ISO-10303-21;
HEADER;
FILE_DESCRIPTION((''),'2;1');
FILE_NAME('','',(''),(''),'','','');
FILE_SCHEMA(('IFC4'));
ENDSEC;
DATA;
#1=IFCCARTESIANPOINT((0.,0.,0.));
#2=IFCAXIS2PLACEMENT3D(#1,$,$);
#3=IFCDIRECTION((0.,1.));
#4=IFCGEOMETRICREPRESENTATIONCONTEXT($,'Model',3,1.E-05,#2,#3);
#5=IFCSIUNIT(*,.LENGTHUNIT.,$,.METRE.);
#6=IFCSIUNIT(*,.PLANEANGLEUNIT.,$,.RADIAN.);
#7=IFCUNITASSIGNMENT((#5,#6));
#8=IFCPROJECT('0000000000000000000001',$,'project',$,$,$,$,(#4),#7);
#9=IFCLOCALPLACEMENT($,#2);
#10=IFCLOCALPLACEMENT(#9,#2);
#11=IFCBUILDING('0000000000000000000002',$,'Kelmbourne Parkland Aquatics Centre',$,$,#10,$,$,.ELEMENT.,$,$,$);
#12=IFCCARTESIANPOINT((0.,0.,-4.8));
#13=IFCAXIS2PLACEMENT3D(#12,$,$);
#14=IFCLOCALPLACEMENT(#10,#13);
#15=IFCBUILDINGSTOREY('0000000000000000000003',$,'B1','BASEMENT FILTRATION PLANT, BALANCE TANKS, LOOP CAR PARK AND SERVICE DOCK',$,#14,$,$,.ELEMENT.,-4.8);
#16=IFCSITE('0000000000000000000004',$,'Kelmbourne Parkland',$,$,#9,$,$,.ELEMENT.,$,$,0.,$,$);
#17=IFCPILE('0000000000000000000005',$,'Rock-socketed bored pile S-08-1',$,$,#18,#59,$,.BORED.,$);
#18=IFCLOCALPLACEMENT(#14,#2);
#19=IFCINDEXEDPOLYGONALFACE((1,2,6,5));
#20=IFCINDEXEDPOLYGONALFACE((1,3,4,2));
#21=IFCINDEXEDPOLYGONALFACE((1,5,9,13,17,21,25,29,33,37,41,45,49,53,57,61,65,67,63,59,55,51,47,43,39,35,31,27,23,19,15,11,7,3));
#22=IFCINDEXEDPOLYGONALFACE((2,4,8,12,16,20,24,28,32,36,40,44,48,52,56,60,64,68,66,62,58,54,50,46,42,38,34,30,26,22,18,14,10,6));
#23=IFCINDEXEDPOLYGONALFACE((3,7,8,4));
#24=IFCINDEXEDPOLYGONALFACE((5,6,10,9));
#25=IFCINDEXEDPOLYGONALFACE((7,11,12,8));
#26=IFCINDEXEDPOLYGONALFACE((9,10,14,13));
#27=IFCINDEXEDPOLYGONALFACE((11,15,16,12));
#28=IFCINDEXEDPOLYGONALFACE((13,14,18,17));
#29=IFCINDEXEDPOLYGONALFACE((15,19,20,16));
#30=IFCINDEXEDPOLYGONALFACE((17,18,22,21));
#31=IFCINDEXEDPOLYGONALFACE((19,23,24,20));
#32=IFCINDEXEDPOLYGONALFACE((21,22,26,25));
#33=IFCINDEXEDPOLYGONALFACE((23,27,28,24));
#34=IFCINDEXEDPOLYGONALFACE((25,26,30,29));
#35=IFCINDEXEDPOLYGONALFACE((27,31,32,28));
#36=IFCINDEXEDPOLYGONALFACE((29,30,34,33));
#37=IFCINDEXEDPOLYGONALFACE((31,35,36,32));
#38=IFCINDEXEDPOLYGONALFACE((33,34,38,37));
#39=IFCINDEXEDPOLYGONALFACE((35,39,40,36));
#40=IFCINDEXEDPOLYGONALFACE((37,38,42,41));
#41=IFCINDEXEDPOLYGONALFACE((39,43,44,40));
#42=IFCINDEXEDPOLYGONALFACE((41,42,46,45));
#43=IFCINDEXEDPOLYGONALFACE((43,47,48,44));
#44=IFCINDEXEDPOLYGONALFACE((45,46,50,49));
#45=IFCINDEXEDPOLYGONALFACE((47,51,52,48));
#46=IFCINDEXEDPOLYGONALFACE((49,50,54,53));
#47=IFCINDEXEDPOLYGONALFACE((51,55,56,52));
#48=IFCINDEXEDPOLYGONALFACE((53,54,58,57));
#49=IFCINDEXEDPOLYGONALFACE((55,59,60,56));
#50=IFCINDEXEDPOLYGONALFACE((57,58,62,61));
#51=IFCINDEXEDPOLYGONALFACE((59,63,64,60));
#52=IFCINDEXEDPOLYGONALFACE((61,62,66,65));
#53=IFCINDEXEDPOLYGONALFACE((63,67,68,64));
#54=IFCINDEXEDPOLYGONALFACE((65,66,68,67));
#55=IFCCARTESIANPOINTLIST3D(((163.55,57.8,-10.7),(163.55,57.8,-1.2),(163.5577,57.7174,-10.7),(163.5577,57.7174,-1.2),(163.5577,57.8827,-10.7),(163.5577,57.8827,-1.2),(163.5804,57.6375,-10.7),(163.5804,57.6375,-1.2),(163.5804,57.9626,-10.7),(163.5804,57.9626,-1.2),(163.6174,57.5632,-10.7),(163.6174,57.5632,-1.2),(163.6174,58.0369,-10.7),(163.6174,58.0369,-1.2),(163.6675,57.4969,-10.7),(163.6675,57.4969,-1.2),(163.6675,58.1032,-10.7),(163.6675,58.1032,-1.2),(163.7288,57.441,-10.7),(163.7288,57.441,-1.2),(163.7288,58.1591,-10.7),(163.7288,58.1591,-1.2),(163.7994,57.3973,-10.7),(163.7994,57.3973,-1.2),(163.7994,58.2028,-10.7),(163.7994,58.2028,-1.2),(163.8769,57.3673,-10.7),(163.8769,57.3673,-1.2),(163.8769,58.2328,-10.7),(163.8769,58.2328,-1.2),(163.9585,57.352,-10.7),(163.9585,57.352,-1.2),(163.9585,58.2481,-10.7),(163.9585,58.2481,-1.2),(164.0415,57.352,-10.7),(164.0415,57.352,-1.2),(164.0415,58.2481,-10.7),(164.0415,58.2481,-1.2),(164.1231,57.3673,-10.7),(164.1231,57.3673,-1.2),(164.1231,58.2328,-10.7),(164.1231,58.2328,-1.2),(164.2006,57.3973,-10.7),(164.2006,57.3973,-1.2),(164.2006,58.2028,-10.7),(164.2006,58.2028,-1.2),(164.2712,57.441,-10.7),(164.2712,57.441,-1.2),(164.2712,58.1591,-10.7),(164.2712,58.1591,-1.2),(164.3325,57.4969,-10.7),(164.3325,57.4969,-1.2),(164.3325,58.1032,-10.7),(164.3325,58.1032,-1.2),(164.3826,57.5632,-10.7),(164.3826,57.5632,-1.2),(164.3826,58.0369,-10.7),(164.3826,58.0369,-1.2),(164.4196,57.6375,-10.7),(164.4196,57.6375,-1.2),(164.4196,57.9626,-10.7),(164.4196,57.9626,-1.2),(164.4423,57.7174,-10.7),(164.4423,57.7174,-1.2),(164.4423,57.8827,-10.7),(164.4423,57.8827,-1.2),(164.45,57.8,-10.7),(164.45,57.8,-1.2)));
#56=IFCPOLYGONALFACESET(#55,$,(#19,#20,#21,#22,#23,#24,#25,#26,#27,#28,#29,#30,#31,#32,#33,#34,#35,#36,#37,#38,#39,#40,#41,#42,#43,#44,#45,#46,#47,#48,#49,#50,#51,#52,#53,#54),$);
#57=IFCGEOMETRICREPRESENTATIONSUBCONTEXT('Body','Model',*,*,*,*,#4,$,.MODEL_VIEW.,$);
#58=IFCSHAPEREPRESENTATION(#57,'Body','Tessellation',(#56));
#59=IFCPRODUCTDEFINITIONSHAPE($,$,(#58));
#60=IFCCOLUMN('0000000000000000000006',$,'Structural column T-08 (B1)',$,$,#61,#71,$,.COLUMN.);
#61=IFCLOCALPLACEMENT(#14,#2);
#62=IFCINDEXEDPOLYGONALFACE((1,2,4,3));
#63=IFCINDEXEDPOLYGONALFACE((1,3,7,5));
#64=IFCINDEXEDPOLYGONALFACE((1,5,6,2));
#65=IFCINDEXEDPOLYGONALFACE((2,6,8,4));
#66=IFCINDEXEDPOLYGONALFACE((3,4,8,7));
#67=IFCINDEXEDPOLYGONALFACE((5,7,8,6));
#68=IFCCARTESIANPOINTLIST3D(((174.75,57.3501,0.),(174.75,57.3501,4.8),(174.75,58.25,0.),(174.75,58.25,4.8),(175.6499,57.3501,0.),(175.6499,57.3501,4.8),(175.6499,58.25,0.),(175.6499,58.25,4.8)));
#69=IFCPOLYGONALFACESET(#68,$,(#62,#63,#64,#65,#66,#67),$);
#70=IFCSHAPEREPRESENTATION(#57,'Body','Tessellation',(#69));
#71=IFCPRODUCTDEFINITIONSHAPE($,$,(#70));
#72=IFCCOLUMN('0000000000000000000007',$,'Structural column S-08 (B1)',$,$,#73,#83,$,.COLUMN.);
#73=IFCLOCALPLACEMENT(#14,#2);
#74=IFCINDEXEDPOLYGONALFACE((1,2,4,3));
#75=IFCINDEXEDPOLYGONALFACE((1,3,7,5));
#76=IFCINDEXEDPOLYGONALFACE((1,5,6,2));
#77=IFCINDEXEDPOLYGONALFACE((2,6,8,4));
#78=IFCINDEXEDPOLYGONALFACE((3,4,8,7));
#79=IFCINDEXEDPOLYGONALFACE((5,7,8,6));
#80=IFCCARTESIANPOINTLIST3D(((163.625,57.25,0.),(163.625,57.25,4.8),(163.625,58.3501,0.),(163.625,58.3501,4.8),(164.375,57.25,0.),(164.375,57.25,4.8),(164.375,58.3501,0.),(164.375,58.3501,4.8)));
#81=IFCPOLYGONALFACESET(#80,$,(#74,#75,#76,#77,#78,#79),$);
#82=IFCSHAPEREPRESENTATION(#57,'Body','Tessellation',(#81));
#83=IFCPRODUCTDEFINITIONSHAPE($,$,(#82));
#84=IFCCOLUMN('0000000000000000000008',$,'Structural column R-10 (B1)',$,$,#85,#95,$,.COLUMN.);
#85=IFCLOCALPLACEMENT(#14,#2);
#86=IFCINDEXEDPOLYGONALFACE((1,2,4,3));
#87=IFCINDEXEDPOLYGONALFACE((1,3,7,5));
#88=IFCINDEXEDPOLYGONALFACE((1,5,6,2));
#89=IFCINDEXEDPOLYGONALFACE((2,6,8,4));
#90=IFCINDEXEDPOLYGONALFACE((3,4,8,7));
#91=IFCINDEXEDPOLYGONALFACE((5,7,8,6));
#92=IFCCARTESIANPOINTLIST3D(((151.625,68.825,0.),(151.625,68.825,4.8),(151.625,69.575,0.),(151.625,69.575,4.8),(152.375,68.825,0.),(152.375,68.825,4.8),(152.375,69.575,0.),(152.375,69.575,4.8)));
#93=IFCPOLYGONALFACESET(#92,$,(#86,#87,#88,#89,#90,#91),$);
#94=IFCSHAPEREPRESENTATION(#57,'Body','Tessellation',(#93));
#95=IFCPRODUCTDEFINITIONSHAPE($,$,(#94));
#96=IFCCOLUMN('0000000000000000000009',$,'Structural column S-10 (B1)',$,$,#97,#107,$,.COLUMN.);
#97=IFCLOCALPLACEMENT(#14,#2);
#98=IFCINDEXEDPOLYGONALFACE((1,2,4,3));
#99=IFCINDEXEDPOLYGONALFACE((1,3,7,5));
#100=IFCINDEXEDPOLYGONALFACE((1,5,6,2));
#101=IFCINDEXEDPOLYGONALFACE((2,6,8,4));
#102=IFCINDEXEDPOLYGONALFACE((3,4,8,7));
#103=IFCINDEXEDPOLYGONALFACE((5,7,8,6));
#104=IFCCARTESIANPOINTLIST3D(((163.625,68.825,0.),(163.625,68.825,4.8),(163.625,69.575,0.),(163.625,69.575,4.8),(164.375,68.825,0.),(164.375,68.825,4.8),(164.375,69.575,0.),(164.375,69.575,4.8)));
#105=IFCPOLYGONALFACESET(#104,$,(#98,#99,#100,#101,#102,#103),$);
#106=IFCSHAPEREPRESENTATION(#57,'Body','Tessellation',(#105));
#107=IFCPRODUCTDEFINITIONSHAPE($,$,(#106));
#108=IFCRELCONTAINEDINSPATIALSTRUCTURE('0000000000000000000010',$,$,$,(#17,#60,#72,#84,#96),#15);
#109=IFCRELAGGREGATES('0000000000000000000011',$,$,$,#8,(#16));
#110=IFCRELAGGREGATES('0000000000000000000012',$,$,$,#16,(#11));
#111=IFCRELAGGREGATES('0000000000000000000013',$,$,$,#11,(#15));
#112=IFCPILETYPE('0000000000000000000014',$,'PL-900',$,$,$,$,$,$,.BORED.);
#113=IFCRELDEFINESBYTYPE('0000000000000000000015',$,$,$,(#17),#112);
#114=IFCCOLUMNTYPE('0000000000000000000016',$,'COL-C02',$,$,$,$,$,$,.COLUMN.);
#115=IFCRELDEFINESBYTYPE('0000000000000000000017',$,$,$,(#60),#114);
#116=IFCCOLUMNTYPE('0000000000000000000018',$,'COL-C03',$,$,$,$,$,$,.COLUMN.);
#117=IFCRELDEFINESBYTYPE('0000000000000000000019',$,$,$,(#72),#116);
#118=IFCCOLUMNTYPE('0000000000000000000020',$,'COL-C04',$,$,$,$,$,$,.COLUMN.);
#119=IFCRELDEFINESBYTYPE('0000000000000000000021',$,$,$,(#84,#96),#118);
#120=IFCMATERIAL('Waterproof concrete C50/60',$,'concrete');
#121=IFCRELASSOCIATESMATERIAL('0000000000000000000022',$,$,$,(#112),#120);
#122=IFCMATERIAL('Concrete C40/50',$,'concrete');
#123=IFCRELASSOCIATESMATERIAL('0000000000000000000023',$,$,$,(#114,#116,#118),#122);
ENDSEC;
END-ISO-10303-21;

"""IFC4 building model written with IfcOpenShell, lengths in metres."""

from ifc_helpers import new_model, si_unit, direction, frame, origin, origin_2d, place, context, subcontext, project, spatial, rectangle, circle, extrude, material, material_profile, profile_set, type_object, element, save


model = new_model("IFC4")

# Units and contexts
model_context = context("Model", 3, precision=1e-05, world=origin(), true_north=direction((0.0, 1.0)))
body_context = subcontext(model_context, "Body", "Model", "MODEL_VIEW")
ifc_project = project(units=[si_unit("LENGTHUNIT", "METRE"), si_unit("PLANEANGLEUNIT", "RADIAN")], contexts=[model_context])

# Site, building, storey
site_placement = place(None, origin())
site = spatial("IfcSite", under=ifc_project, at=site_placement, Name="Kelmbourne Parkland", CompositionType="ELEMENT", RefElevation=0.0)
building_placement = place(site_placement, origin())
building = spatial("IfcBuilding", under=site, at=building_placement, Name="Kelmbourne Parkland Aquatics Centre", CompositionType="ELEMENT")
storey_placement = place(building_placement, frame((0.0, 0.0, -4.8)))
storey = spatial("IfcBuildingStorey", under=building, at=storey_placement, Name="B1", Description="BASEMENT FILTRATION PLANT, BALANCE TANKS, LOOP CAR PARK AND SERVICE DOCK", CompositionType="ELEMENT", Elevation=-4.8)

# Shared definitions
ifc_material_1 = material(Name="Waterproof concrete C50/60", Category="concrete")

# Pile
ifc_material_profile_1 = material_profile(ifc_material_1, circle(Radius=0.45, at=origin_2d()), Name="PILE D900")
ifc_profile_set_1 = profile_set([ifc_material_profile_1], Name="Waterproof concrete C50/60")
pile_type_1 = type_object("IfcPileType", Name="PL-900", PredefinedType="BORED", material=ifc_profile_set_1)
pile_placement = place(storey_placement, frame((164.0, 57.8, -1.2), z_axis=(0.0, 0.0, -1.0), x_axis=(1.0, 0.0, 0.0)))
element("IfcPile", 1, at=pile_placement, inside=storey, type_object=pile_type_1, Name="Rock-socketed bored pile S-08-1", PredefinedType="BORED", context=body_context, shape_type="SweptSolid", body=[
    extrude(circle(Radius=0.45, at=origin_2d()), origin(), (0.0, 0.0, 1.0), 9.5),
])

# Columns
ifc_material_2 = material(Name="Concrete C40/50", Category="concrete")
ifc_material_profile_2 = material_profile(ifc_material_2, rectangle(XDim=0.8999, YDim=0.8999, at=origin_2d()), Name="RC 900x900")
ifc_profile_set_2 = profile_set([ifc_material_profile_2], Name="Concrete C40/50")
column_type_1 = type_object("IfcColumnType", Name="COL-C02", PredefinedType="COLUMN", material=ifc_profile_set_2)
column_1_placement = place(storey_placement, frame((175.2, 57.8, 0.0), z_axis=(0.0, 0.0, 1.0), x_axis=(1.0, 0.0, 0.0)))
element("IfcColumn", 2, at=column_1_placement, inside=storey, type_object=column_type_1, Name="Structural column T-08 (B1)", PredefinedType="COLUMN", context=body_context, shape_type="SweptSolid", body=[
    extrude(rectangle(XDim=0.8999, YDim=0.8999, at=origin_2d()), origin(), (0.0, 0.0, 1.0), 4.8),
])
ifc_material_profile_3 = material_profile(ifc_material_2, rectangle(XDim=0.75, YDim=1.1001, at=origin_2d()), Name="RC 750x1100")
ifc_profile_set_3 = profile_set([ifc_material_profile_3], Name="Concrete C40/50")
column_type_2 = type_object("IfcColumnType", Name="COL-C03", PredefinedType="COLUMN", material=ifc_profile_set_3)
column_2_placement = place(storey_placement, frame((164.0, 57.8, 0.0), z_axis=(0.0, 0.0, 1.0), x_axis=(1.0, 0.0, 0.0)))
element("IfcColumn", 3, at=column_2_placement, inside=storey, type_object=column_type_2, Name="Structural column S-08 (B1)", PredefinedType="COLUMN", context=body_context, shape_type="SweptSolid", body=[
    extrude(rectangle(XDim=0.75, YDim=1.1001, at=origin_2d()), origin(), (0.0, 0.0, 1.0), 4.8),
])
ifc_material_profile_4 = material_profile(ifc_material_2, rectangle(XDim=0.75, YDim=0.75, at=origin_2d()), Name="RC 750x750")
ifc_profile_set_4 = profile_set([ifc_material_profile_4], Name="Concrete C40/50")
column_type_3 = type_object("IfcColumnType", Name="COL-C04", PredefinedType="COLUMN", material=ifc_profile_set_4)
for number, where, z_axis, x_axis, name in (
    (4, (152.0, 69.2, 0.0), (0.0, 0.0, 1.0), (1.0, 0.0, 0.0), "Structural column R-10 (B1)"),
    (5, (164.0, 69.2, 0.0), (0.0, 0.0, 1.0), (1.0, 0.0, 0.0), "Structural column S-10 (B1)"),
):
    element("IfcColumn", number, at=place(storey_placement, frame(where, z_axis=z_axis, x_axis=x_axis)), inside=storey, type_object=column_type_3, Name=name, PredefinedType="COLUMN", context=body_context, shape_type="SweptSolid", body=[
        extrude(rectangle(XDim=0.75, YDim=0.75, at=origin_2d()), origin(), (0.0, 0.0, 1.0), 4.8),
    ])

save(model, "model.ifc")
